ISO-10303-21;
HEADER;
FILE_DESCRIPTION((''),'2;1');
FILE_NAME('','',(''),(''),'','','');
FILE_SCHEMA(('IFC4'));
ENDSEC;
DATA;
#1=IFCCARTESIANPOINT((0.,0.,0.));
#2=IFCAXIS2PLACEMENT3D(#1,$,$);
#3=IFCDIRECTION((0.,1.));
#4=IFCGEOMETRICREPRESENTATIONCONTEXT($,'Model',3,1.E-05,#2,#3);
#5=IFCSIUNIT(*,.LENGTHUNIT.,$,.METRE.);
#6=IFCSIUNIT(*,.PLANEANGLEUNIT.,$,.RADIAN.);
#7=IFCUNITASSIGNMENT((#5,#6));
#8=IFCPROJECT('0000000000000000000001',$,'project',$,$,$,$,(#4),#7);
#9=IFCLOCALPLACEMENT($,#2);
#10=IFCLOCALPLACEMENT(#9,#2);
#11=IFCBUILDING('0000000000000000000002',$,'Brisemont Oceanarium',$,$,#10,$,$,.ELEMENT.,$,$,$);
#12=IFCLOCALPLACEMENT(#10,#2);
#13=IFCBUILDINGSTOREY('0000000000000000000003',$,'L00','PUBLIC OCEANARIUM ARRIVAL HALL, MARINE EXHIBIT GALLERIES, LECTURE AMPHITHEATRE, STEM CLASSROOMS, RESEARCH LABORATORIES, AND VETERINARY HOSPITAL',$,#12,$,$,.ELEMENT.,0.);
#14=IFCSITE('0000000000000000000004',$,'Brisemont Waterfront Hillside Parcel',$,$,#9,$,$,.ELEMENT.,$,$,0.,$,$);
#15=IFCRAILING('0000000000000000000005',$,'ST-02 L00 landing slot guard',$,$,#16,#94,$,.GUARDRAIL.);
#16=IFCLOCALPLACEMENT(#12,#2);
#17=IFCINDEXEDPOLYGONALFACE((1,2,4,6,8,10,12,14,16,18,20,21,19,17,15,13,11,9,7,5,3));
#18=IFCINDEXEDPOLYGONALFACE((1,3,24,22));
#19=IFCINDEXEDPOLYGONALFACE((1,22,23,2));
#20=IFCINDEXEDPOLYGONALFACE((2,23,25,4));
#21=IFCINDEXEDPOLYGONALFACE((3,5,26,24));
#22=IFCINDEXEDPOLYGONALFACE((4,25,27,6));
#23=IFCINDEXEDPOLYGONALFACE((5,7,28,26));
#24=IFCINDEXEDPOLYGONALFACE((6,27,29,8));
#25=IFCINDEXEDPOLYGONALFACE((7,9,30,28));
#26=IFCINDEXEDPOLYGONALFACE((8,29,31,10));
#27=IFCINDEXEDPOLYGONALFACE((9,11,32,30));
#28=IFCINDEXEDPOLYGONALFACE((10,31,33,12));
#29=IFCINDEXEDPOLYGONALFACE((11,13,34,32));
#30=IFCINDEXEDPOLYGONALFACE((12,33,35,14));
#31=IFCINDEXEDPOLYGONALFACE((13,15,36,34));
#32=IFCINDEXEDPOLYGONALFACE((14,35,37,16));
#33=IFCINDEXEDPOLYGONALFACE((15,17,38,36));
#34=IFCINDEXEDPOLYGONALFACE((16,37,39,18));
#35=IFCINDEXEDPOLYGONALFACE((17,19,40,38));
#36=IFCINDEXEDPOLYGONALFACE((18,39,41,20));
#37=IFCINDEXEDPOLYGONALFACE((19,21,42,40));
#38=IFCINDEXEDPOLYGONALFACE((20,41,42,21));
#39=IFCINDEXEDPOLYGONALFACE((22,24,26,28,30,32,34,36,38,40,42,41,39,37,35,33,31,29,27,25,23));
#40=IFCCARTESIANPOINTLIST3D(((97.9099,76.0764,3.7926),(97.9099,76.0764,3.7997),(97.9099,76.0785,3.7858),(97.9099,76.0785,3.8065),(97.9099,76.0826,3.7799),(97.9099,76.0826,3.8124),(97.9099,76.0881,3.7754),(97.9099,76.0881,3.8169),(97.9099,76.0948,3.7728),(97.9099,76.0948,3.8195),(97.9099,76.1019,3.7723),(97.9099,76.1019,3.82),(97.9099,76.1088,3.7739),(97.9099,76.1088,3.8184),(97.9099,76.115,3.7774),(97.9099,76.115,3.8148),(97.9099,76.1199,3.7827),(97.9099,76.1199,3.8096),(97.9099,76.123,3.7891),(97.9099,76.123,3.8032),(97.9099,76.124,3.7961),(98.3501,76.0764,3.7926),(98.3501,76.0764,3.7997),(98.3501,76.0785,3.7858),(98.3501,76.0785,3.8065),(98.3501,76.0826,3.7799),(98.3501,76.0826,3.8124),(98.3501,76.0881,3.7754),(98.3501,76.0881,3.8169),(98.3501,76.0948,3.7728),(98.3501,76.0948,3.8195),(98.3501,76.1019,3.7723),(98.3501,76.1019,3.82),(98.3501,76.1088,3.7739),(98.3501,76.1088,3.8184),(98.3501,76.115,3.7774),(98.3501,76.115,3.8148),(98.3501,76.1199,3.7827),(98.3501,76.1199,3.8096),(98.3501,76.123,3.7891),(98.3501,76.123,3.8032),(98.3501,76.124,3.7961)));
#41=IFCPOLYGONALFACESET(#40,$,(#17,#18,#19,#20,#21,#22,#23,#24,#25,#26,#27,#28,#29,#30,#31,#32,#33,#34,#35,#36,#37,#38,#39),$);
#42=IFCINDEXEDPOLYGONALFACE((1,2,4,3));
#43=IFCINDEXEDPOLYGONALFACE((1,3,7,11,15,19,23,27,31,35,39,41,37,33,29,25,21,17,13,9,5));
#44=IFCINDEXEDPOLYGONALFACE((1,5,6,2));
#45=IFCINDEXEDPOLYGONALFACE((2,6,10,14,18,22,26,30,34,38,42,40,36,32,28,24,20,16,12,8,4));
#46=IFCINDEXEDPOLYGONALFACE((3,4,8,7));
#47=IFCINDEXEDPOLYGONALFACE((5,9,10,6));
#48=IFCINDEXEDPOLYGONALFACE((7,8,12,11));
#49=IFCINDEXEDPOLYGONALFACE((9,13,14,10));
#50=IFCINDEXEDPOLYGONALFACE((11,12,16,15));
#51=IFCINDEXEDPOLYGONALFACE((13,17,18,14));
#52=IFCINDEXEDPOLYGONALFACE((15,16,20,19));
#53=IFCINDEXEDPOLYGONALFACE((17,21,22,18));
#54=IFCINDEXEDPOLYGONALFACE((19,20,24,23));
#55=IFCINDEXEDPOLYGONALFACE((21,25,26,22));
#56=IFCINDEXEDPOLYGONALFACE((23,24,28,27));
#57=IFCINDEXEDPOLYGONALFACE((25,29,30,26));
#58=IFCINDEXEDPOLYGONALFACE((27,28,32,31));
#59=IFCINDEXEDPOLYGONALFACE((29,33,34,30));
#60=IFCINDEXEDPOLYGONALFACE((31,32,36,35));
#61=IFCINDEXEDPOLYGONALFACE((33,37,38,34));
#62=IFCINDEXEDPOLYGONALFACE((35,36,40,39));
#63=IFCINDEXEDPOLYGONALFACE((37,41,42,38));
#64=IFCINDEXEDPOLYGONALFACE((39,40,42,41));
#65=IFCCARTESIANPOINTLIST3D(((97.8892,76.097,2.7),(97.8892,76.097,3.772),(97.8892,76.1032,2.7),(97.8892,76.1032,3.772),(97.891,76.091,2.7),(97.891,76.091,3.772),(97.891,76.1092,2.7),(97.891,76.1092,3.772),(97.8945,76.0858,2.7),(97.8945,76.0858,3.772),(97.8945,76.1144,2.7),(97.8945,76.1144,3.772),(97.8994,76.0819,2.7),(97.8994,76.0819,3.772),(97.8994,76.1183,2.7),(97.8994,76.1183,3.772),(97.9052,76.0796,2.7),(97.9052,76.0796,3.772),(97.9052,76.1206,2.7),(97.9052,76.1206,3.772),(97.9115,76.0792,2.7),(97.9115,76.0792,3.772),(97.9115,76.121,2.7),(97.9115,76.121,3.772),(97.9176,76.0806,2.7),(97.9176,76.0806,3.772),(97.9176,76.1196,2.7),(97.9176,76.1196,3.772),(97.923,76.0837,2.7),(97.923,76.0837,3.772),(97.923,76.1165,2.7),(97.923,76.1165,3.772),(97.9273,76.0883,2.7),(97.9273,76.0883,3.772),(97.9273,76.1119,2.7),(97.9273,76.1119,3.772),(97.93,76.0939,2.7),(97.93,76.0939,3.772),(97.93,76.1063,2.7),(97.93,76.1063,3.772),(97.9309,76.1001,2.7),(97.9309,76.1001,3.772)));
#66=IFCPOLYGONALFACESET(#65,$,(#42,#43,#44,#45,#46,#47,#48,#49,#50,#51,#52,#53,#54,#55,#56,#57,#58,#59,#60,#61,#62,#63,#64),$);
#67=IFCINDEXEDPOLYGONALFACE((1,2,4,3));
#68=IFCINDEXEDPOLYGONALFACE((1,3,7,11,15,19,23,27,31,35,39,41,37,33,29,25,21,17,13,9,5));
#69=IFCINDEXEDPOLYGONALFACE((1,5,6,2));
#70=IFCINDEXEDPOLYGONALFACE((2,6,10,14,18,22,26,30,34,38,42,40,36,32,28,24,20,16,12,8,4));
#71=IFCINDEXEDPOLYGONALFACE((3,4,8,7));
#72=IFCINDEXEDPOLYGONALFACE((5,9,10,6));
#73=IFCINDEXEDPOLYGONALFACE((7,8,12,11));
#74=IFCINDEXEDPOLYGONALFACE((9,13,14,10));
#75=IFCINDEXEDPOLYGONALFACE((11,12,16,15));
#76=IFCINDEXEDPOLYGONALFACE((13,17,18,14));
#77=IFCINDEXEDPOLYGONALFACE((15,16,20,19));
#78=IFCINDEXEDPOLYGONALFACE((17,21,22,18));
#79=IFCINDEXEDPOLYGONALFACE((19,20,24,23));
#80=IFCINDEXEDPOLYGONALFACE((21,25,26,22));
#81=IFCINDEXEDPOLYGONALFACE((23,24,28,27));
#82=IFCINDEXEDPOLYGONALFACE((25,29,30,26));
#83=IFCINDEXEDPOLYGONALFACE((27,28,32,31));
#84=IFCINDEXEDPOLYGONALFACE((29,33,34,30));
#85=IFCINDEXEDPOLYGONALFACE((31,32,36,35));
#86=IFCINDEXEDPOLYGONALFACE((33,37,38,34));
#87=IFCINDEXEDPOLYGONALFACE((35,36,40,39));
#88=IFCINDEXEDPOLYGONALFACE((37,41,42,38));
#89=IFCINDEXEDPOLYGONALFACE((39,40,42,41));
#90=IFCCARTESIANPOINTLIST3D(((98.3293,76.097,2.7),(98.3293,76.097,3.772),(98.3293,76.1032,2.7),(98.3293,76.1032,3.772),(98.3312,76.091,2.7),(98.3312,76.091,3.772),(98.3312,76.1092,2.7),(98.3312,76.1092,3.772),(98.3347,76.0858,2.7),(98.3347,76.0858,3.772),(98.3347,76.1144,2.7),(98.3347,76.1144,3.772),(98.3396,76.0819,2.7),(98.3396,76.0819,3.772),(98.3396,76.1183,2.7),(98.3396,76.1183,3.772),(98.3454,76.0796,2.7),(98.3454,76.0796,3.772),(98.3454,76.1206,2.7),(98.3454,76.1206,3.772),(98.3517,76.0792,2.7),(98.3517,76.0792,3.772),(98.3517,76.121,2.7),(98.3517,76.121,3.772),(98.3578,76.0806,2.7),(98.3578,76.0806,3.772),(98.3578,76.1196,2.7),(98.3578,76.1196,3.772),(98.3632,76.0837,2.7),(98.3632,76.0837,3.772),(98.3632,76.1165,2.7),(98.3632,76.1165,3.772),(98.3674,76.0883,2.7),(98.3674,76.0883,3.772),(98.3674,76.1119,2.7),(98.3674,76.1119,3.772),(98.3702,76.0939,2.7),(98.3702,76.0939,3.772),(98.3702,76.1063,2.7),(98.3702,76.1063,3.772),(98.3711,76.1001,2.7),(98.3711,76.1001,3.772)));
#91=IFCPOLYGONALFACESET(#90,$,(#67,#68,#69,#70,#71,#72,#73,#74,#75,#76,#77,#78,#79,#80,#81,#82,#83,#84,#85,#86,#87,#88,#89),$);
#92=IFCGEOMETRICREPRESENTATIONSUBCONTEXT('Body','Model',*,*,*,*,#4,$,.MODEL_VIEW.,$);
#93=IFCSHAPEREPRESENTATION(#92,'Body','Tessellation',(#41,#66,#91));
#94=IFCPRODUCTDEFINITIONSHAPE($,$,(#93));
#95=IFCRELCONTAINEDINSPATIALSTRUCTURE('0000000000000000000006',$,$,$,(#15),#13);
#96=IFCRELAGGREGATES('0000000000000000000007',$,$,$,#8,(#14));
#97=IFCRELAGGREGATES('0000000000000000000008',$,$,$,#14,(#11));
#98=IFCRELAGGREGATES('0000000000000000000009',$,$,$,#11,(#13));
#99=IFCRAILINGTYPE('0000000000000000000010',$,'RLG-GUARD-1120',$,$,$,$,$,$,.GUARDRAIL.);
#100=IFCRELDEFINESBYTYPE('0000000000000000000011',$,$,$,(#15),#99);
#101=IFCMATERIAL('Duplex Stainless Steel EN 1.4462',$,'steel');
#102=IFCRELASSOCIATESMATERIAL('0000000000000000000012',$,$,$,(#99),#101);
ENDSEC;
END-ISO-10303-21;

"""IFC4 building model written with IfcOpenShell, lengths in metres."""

from ifc_helpers import new_model, si_unit, direction, frame, origin, origin_2d, place, context, subcontext, project, spatial, circle, extrude, material, type_object, element, save


model = new_model("IFC4")

# Units and contexts
model_context = context("Model", 3, precision=1e-05, world=origin(), true_north=direction((0.0, 1.0)))
body_context = subcontext(model_context, "Body", "Model", "MODEL_VIEW")
ifc_project = project(units=[si_unit("LENGTHUNIT", "METRE"), si_unit("PLANEANGLEUNIT", "RADIAN")], contexts=[model_context])

# Site, building, storey
site_placement = place(None, origin())
site = spatial("IfcSite", under=ifc_project, at=site_placement, Name="Brisemont Waterfront Hillside Parcel", CompositionType="ELEMENT", RefElevation=0.0)
building_placement = place(site_placement, origin())
building = spatial("IfcBuilding", under=site, at=building_placement, Name="Brisemont Oceanarium", CompositionType="ELEMENT")
storey_placement = place(building_placement, origin())
storey = spatial("IfcBuildingStorey", under=building, at=storey_placement, Name="L00", Description="PUBLIC OCEANARIUM ARRIVAL HALL, MARINE EXHIBIT GALLERIES, LECTURE AMPHITHEATRE, STEM CLASSROOMS, RESEARCH LABORATORIES, AND VETERINARY HOSPITAL", CompositionType="ELEMENT", Elevation=0.0)

# Railing
ifc_material_1 = material(Name="Duplex Stainless Steel EN 1.4462", Category="steel")
railing_type_1 = type_object("IfcRailingType", Name="RLG-GUARD-1120", PredefinedType="GUARDRAIL", material=ifc_material_1)
railing_1_placement = place(storey_placement, frame((97.9099, 76.1001, 2.7)))
element("IfcRailing", 1, at=railing_1_placement, inside=storey, type_object=railing_type_1, Name="ST-02 L00 landing slot guard", PredefinedType="GUARDRAIL", context=body_context, shape_type="SweptSolid", body=[
    extrude(circle(Radius=0.0239, at=origin_2d()), frame((0.0, 0.0, 1.0962), z_axis=(1.0, 0.0, 0.0), x_axis=(0.0, 1.0, 0.0)), (0.0, 0.0, 1.0), 0.4402),
    extrude(circle(Radius=0.021, at=origin_2d()), origin(), (0.0, 0.0, 1.0), 1.072),
    extrude(circle(Radius=0.021, at=origin_2d()), frame((0.4402, 0.0, 0.0)), (0.0, 0.0, 1.0), 1.072),
])

save(model, "model.ifc")
